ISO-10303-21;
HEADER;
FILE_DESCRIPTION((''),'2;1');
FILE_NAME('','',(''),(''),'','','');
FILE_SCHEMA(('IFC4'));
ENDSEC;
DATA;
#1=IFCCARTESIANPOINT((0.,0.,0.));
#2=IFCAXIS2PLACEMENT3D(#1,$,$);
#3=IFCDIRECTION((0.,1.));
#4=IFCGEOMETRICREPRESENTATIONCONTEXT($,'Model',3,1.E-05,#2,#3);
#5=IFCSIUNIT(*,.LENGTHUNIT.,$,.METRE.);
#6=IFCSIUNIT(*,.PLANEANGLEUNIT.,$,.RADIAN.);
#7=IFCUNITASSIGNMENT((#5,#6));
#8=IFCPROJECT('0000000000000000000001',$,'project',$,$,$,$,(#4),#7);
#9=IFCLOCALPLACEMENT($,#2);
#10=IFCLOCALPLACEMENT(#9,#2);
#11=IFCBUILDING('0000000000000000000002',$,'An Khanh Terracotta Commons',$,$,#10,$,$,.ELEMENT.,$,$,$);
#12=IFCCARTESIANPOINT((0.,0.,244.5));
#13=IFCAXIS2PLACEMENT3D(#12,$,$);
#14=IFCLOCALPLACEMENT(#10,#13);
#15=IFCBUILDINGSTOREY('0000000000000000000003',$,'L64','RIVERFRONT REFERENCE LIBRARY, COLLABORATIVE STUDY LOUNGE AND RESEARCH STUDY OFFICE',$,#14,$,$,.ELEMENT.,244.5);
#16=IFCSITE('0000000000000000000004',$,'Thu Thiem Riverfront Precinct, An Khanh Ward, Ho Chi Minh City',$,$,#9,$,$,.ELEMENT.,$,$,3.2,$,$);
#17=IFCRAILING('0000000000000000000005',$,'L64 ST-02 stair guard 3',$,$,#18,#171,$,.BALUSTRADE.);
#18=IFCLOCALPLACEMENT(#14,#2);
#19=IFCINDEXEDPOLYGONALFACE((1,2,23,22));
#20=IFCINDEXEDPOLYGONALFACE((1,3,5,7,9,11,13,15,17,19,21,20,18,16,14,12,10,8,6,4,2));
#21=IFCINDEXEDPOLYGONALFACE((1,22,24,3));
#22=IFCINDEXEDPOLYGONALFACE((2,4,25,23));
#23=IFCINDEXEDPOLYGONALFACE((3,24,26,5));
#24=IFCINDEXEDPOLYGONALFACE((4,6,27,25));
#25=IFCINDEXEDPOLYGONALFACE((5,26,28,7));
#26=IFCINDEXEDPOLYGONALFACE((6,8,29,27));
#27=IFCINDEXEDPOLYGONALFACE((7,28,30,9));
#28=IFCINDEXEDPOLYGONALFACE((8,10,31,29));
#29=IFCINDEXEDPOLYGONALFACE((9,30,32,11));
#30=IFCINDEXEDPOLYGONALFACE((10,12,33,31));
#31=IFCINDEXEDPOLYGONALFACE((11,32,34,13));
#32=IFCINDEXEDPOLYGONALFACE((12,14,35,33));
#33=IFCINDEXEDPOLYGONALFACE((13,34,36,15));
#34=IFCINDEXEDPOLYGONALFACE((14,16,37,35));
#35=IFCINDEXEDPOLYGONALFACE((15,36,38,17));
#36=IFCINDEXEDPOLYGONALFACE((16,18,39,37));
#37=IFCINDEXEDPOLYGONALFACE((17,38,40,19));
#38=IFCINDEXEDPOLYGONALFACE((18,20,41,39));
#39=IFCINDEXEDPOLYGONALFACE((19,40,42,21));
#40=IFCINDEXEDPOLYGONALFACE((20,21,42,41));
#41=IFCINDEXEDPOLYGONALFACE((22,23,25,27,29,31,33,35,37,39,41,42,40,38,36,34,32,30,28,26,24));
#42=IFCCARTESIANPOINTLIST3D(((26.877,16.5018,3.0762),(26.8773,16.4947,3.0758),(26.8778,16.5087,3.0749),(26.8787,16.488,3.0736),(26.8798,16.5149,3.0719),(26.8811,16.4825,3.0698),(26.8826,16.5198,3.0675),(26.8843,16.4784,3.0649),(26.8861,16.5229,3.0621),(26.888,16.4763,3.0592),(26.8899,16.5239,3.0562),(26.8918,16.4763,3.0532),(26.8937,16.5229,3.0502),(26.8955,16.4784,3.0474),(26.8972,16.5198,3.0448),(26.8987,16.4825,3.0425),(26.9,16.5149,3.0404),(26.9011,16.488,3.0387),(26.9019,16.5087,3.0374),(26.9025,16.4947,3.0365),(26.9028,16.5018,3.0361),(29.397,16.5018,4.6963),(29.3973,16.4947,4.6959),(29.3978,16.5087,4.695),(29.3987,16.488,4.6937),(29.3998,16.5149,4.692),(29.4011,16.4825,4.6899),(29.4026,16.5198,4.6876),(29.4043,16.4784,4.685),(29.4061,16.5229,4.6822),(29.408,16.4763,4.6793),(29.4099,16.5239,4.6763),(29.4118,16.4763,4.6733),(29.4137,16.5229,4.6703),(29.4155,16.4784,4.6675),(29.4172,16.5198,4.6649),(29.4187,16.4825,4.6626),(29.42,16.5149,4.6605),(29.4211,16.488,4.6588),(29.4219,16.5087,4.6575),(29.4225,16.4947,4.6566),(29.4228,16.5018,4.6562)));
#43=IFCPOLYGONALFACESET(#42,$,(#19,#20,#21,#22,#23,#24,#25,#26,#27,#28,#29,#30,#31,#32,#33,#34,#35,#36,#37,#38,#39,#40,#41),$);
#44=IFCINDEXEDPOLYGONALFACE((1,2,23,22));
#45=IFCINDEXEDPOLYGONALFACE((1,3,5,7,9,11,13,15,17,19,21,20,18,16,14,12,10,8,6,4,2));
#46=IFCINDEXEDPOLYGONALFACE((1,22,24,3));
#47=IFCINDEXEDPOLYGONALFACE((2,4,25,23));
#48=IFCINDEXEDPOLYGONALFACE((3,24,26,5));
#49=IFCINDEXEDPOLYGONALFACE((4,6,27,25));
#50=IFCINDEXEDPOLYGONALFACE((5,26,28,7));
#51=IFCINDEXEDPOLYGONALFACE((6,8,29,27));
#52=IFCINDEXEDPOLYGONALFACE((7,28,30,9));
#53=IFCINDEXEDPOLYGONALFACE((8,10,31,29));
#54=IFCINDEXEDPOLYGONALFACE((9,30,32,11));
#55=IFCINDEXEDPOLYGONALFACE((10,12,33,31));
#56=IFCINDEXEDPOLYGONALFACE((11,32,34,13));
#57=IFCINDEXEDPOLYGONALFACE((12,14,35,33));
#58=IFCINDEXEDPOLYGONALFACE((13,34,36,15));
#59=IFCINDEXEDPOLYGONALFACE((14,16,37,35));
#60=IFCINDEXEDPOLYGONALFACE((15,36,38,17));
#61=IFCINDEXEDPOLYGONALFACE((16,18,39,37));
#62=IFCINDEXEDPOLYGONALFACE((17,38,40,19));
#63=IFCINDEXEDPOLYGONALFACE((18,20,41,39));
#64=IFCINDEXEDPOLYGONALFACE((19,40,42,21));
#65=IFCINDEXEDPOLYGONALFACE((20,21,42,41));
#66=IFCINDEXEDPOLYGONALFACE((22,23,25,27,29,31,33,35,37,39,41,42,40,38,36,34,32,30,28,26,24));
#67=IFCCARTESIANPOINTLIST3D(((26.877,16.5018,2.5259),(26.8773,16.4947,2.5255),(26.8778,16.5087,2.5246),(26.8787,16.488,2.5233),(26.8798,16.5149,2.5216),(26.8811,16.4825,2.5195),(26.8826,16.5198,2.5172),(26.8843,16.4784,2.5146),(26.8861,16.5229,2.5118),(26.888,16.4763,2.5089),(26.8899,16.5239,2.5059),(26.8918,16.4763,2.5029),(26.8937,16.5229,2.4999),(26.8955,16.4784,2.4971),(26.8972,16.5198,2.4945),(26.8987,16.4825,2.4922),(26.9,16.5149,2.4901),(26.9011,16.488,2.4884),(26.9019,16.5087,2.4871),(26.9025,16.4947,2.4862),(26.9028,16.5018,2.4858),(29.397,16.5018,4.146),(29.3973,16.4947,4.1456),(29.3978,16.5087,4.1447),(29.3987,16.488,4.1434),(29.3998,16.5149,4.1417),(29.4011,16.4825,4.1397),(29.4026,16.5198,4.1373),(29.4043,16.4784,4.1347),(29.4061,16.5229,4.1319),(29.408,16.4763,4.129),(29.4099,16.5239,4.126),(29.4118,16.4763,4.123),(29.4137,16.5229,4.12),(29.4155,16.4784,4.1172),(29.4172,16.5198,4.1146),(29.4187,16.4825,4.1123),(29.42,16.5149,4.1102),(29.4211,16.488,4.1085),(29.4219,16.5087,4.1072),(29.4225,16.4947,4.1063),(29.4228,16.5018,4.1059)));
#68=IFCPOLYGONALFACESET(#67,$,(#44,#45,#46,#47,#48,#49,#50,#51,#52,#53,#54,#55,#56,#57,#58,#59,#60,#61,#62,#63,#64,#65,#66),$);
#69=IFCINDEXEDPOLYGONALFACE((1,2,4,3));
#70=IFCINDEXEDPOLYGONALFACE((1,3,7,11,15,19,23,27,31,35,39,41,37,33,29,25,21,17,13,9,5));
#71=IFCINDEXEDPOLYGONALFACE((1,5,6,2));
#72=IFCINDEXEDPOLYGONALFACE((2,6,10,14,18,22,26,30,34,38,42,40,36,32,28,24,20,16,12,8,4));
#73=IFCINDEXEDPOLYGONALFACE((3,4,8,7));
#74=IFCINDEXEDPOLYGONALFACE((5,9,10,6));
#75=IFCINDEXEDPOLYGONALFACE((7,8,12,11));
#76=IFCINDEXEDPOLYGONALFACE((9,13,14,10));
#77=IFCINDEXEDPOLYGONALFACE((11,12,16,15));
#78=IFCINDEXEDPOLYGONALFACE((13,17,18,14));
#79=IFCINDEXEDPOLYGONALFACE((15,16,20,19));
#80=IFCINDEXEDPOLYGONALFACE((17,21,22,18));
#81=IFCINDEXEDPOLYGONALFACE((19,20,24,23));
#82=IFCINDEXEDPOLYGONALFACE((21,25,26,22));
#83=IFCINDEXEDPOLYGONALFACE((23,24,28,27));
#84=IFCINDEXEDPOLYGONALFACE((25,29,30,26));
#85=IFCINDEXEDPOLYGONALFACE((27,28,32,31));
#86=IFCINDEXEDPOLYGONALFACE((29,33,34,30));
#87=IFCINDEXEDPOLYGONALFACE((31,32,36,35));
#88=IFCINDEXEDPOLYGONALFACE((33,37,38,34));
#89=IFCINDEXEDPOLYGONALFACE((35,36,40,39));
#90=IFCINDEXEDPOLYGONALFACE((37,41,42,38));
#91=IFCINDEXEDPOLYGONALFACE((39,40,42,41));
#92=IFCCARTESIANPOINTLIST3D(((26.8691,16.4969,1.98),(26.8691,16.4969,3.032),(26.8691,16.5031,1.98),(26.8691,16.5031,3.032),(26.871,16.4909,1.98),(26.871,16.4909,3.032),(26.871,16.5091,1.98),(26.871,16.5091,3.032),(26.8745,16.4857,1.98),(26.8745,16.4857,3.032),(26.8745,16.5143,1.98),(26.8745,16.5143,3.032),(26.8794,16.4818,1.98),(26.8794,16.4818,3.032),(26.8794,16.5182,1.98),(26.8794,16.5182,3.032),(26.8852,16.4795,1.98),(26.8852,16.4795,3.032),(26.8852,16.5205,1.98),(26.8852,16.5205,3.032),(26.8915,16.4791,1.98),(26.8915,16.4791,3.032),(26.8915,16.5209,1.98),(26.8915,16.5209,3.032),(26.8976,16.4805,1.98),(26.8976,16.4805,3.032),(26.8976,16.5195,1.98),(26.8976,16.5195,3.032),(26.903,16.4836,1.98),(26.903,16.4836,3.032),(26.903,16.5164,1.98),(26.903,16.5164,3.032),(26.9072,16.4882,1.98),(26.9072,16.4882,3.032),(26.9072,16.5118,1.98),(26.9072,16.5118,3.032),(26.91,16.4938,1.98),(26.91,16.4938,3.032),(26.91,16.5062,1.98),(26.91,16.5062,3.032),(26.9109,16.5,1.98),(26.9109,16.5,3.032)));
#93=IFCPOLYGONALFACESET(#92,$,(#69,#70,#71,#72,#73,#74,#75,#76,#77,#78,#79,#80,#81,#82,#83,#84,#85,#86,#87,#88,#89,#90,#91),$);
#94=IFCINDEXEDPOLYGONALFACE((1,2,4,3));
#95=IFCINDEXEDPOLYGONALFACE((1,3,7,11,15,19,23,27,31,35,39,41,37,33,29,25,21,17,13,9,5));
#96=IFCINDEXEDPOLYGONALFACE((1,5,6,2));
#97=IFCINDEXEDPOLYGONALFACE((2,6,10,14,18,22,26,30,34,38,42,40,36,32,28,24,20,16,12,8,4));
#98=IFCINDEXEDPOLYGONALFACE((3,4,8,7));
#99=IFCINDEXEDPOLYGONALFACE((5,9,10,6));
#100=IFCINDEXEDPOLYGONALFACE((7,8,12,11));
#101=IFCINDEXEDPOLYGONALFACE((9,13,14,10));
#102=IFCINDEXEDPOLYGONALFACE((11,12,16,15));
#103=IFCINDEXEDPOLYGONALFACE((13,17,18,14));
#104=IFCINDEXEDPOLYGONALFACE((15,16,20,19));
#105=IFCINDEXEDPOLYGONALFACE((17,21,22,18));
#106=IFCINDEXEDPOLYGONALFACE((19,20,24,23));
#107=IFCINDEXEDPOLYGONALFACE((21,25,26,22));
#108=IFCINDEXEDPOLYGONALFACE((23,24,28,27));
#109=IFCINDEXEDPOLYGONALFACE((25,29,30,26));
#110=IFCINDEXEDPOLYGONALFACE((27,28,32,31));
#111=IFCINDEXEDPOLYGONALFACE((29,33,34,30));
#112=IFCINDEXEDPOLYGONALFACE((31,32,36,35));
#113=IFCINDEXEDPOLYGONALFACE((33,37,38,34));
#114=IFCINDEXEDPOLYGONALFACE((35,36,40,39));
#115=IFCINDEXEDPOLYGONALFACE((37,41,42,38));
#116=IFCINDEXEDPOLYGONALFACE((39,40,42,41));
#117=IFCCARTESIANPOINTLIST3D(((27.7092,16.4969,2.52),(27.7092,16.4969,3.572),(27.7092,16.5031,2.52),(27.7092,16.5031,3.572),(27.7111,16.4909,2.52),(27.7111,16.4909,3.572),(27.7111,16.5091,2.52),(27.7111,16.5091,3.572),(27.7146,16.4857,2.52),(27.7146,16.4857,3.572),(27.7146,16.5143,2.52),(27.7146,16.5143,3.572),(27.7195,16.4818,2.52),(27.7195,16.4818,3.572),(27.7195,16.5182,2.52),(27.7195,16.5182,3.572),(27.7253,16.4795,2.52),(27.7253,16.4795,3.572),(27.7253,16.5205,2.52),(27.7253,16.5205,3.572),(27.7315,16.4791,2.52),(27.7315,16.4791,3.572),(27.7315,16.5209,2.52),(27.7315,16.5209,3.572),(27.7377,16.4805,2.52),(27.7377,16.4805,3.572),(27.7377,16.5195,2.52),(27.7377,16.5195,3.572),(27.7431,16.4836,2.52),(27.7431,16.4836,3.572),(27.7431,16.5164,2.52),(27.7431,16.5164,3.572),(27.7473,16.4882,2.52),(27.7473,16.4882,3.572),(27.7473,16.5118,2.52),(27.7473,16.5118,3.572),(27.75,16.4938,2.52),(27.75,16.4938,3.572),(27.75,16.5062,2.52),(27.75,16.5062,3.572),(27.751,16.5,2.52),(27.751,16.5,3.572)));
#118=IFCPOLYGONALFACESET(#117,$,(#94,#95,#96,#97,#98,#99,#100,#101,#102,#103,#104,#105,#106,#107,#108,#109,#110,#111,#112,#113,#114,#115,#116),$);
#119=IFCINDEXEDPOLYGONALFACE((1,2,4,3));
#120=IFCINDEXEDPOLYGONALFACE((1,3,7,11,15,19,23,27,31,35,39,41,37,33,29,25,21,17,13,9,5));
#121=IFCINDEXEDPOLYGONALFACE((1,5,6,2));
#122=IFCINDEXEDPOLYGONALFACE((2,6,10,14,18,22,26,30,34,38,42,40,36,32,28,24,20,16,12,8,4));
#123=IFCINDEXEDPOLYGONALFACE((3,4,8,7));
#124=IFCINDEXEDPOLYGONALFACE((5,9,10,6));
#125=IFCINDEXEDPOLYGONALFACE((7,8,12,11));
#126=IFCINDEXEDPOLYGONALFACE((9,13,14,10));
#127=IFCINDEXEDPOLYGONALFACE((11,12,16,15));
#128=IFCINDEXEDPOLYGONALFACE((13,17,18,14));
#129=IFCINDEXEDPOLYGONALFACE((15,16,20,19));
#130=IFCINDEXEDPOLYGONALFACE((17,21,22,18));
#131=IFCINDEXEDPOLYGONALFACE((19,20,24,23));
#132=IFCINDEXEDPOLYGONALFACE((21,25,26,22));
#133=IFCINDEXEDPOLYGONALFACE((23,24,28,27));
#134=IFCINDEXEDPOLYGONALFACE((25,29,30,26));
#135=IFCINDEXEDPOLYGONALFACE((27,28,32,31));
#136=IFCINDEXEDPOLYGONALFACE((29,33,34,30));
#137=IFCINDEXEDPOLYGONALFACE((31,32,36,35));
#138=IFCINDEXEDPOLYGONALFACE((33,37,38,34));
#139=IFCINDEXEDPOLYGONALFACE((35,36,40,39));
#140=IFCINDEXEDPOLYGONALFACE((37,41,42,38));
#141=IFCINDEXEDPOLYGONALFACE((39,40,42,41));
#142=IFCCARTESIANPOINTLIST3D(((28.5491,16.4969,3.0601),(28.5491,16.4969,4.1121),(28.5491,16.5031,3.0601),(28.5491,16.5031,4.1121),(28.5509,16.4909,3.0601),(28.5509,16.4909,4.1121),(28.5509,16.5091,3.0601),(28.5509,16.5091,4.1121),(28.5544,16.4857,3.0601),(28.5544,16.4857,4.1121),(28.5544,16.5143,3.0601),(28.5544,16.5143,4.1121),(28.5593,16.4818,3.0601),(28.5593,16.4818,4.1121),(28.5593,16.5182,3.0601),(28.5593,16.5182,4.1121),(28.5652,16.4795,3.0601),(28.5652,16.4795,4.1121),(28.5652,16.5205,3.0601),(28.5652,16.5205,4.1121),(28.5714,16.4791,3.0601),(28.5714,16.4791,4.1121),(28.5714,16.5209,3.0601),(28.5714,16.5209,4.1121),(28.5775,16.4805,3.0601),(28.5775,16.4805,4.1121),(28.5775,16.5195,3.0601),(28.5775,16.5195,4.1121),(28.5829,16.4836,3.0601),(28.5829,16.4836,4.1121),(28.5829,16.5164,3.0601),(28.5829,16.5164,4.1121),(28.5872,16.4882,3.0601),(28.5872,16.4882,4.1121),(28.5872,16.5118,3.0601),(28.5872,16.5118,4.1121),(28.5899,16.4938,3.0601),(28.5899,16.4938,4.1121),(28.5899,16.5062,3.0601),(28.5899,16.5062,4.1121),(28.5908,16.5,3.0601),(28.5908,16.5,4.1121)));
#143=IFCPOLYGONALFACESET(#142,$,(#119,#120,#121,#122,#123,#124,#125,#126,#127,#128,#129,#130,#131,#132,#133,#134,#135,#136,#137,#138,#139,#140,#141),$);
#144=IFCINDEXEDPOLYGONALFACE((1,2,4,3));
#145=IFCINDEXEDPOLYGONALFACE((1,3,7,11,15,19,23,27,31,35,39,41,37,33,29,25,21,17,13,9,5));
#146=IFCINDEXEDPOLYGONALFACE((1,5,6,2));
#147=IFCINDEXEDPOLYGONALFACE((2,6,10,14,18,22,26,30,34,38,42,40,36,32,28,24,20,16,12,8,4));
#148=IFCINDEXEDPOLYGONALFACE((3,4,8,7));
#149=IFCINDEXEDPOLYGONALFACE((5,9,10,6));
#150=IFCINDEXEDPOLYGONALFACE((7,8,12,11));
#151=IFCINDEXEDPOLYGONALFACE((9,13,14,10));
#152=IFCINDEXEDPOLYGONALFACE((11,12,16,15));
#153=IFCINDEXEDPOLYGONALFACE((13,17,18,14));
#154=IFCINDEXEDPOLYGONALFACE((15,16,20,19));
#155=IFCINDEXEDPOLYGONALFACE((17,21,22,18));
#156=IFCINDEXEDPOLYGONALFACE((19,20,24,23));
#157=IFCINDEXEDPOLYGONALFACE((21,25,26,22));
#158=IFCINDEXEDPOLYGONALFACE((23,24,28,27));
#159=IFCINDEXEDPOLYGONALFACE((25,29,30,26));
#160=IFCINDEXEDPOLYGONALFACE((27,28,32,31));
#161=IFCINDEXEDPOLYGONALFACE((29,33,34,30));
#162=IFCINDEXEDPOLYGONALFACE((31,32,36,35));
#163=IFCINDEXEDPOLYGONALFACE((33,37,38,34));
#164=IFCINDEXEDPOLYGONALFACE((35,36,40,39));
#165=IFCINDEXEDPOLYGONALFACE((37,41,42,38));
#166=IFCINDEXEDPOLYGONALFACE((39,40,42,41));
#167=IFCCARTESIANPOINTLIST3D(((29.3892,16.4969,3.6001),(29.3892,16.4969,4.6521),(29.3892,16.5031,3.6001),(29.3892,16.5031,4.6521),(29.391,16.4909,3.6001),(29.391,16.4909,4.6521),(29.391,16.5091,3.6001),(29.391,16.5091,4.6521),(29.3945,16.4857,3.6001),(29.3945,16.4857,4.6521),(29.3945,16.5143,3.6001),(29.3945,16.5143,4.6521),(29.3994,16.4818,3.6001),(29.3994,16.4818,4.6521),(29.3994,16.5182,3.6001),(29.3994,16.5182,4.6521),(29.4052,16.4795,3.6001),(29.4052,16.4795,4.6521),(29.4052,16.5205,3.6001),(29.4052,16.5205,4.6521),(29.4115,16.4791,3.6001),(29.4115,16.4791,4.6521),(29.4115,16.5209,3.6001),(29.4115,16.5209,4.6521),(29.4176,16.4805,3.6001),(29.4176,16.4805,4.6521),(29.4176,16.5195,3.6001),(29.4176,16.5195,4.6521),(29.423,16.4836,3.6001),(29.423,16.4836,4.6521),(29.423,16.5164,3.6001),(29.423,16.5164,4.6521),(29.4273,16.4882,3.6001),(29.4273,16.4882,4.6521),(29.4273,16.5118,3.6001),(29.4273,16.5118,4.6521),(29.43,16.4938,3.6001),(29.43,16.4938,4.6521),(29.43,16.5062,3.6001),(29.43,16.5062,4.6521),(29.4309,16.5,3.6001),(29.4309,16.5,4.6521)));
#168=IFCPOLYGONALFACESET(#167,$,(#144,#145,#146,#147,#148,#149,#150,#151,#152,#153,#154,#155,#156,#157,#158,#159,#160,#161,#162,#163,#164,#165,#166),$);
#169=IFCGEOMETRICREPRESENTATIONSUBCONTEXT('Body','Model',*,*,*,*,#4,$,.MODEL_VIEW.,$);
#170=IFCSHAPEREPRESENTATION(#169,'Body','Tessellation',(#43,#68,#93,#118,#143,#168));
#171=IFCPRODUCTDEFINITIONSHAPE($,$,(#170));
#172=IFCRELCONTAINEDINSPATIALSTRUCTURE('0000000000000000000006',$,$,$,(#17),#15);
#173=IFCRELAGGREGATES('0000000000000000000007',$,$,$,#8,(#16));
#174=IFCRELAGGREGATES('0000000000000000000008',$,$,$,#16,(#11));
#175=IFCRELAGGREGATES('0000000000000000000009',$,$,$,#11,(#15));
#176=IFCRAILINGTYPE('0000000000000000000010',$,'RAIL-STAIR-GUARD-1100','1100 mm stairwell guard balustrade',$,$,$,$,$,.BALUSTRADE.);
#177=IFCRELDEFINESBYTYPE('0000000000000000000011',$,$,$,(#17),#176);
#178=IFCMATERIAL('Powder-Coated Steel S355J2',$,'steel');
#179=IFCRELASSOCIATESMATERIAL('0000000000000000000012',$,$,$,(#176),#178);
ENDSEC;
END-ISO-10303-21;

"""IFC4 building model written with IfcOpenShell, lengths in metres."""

from ifc_helpers import new_model, si_unit, direction, frame, origin, origin_2d, place, context, subcontext, project, spatial, circle, extrude, material, type_object, element, save


model = new_model("IFC4")

# Units and contexts
model_context = context("Model", 3, precision=1e-05, world=origin(), true_north=direction((0.0, 1.0)))
body_context = subcontext(model_context, "Body", "Model", "MODEL_VIEW")
ifc_project = project(units=[si_unit("LENGTHUNIT", "METRE"), si_unit("PLANEANGLEUNIT", "RADIAN")], contexts=[model_context])

# Site, building, storey
site_placement = place(None, origin())
site = spatial("IfcSite", under=ifc_project, at=site_placement, Name="Thu Thiem Riverfront Precinct, An Khanh Ward, Ho Chi Minh City", CompositionType="ELEMENT", RefElevation=3.2)
building_placement = place(site_placement, origin())
building = spatial("IfcBuilding", under=site, at=building_placement, Name="An Khanh Terracotta Commons", CompositionType="ELEMENT")
storey_placement = place(building_placement, frame((0.0, 0.0, 244.5)))
storey = spatial("IfcBuildingStorey", under=building, at=storey_placement, Name="L64", Description="RIVERFRONT REFERENCE LIBRARY, COLLABORATIVE STUDY LOUNGE AND RESEARCH STUDY OFFICE", CompositionType="ELEMENT", Elevation=244.5)

# Railing
ifc_material_1 = material(Name="Powder-Coated Steel S355J2", Category="steel")
railing_type_1 = type_object("IfcRailingType", Name="RAIL-STAIR-GUARD-1100", Description="1100 mm stairwell guard balustrade", PredefinedType="BALUSTRADE", material=ifc_material_1)
railing_1_placement = place(storey_placement, frame((26.8899, 16.5, 1.98)))
element("IfcRailing", 1, at=railing_1_placement, inside=storey, type_object=railing_type_1, Name="L64 ST-02 stair guard 3", PredefinedType="BALUSTRADE", context=body_context, shape_type="SweptSolid", body=[
    extrude(circle(Radius=0.0239, at=origin_2d()), frame((0.0, 0.0, 1.0762), z_axis=(0.841163, 0.0, 0.540782), x_axis=(0.0, 1.0, 0.0)), (0.0, 0.0, 1.0), 2.9958),
    extrude(circle(Radius=0.0239, at=origin_2d()), frame((0.0, 0.0, 0.5259), z_axis=(0.841163, 0.0, 0.540782), x_axis=(0.0, 1.0, 0.0)), (0.0, 0.0, 1.0), 2.9958),
    extrude(circle(Radius=0.021, at=origin_2d()), origin(), (0.0, 0.0, 1.0), 1.052),
    extrude(circle(Radius=0.021, at=origin_2d()), frame((0.8401, 0.0, 0.54)), (0.0, 0.0, 1.0), 1.052),
    extrude(circle(Radius=0.021, at=origin_2d()), frame((1.6799, 0.0, 1.0801)), (0.0, 0.0, 1.0), 1.052),
    extrude(circle(Radius=0.021, at=origin_2d()), frame((2.52, 0.0, 1.6201)), (0.0, 0.0, 1.0), 1.052),
])

save(model, "model.ifc")
